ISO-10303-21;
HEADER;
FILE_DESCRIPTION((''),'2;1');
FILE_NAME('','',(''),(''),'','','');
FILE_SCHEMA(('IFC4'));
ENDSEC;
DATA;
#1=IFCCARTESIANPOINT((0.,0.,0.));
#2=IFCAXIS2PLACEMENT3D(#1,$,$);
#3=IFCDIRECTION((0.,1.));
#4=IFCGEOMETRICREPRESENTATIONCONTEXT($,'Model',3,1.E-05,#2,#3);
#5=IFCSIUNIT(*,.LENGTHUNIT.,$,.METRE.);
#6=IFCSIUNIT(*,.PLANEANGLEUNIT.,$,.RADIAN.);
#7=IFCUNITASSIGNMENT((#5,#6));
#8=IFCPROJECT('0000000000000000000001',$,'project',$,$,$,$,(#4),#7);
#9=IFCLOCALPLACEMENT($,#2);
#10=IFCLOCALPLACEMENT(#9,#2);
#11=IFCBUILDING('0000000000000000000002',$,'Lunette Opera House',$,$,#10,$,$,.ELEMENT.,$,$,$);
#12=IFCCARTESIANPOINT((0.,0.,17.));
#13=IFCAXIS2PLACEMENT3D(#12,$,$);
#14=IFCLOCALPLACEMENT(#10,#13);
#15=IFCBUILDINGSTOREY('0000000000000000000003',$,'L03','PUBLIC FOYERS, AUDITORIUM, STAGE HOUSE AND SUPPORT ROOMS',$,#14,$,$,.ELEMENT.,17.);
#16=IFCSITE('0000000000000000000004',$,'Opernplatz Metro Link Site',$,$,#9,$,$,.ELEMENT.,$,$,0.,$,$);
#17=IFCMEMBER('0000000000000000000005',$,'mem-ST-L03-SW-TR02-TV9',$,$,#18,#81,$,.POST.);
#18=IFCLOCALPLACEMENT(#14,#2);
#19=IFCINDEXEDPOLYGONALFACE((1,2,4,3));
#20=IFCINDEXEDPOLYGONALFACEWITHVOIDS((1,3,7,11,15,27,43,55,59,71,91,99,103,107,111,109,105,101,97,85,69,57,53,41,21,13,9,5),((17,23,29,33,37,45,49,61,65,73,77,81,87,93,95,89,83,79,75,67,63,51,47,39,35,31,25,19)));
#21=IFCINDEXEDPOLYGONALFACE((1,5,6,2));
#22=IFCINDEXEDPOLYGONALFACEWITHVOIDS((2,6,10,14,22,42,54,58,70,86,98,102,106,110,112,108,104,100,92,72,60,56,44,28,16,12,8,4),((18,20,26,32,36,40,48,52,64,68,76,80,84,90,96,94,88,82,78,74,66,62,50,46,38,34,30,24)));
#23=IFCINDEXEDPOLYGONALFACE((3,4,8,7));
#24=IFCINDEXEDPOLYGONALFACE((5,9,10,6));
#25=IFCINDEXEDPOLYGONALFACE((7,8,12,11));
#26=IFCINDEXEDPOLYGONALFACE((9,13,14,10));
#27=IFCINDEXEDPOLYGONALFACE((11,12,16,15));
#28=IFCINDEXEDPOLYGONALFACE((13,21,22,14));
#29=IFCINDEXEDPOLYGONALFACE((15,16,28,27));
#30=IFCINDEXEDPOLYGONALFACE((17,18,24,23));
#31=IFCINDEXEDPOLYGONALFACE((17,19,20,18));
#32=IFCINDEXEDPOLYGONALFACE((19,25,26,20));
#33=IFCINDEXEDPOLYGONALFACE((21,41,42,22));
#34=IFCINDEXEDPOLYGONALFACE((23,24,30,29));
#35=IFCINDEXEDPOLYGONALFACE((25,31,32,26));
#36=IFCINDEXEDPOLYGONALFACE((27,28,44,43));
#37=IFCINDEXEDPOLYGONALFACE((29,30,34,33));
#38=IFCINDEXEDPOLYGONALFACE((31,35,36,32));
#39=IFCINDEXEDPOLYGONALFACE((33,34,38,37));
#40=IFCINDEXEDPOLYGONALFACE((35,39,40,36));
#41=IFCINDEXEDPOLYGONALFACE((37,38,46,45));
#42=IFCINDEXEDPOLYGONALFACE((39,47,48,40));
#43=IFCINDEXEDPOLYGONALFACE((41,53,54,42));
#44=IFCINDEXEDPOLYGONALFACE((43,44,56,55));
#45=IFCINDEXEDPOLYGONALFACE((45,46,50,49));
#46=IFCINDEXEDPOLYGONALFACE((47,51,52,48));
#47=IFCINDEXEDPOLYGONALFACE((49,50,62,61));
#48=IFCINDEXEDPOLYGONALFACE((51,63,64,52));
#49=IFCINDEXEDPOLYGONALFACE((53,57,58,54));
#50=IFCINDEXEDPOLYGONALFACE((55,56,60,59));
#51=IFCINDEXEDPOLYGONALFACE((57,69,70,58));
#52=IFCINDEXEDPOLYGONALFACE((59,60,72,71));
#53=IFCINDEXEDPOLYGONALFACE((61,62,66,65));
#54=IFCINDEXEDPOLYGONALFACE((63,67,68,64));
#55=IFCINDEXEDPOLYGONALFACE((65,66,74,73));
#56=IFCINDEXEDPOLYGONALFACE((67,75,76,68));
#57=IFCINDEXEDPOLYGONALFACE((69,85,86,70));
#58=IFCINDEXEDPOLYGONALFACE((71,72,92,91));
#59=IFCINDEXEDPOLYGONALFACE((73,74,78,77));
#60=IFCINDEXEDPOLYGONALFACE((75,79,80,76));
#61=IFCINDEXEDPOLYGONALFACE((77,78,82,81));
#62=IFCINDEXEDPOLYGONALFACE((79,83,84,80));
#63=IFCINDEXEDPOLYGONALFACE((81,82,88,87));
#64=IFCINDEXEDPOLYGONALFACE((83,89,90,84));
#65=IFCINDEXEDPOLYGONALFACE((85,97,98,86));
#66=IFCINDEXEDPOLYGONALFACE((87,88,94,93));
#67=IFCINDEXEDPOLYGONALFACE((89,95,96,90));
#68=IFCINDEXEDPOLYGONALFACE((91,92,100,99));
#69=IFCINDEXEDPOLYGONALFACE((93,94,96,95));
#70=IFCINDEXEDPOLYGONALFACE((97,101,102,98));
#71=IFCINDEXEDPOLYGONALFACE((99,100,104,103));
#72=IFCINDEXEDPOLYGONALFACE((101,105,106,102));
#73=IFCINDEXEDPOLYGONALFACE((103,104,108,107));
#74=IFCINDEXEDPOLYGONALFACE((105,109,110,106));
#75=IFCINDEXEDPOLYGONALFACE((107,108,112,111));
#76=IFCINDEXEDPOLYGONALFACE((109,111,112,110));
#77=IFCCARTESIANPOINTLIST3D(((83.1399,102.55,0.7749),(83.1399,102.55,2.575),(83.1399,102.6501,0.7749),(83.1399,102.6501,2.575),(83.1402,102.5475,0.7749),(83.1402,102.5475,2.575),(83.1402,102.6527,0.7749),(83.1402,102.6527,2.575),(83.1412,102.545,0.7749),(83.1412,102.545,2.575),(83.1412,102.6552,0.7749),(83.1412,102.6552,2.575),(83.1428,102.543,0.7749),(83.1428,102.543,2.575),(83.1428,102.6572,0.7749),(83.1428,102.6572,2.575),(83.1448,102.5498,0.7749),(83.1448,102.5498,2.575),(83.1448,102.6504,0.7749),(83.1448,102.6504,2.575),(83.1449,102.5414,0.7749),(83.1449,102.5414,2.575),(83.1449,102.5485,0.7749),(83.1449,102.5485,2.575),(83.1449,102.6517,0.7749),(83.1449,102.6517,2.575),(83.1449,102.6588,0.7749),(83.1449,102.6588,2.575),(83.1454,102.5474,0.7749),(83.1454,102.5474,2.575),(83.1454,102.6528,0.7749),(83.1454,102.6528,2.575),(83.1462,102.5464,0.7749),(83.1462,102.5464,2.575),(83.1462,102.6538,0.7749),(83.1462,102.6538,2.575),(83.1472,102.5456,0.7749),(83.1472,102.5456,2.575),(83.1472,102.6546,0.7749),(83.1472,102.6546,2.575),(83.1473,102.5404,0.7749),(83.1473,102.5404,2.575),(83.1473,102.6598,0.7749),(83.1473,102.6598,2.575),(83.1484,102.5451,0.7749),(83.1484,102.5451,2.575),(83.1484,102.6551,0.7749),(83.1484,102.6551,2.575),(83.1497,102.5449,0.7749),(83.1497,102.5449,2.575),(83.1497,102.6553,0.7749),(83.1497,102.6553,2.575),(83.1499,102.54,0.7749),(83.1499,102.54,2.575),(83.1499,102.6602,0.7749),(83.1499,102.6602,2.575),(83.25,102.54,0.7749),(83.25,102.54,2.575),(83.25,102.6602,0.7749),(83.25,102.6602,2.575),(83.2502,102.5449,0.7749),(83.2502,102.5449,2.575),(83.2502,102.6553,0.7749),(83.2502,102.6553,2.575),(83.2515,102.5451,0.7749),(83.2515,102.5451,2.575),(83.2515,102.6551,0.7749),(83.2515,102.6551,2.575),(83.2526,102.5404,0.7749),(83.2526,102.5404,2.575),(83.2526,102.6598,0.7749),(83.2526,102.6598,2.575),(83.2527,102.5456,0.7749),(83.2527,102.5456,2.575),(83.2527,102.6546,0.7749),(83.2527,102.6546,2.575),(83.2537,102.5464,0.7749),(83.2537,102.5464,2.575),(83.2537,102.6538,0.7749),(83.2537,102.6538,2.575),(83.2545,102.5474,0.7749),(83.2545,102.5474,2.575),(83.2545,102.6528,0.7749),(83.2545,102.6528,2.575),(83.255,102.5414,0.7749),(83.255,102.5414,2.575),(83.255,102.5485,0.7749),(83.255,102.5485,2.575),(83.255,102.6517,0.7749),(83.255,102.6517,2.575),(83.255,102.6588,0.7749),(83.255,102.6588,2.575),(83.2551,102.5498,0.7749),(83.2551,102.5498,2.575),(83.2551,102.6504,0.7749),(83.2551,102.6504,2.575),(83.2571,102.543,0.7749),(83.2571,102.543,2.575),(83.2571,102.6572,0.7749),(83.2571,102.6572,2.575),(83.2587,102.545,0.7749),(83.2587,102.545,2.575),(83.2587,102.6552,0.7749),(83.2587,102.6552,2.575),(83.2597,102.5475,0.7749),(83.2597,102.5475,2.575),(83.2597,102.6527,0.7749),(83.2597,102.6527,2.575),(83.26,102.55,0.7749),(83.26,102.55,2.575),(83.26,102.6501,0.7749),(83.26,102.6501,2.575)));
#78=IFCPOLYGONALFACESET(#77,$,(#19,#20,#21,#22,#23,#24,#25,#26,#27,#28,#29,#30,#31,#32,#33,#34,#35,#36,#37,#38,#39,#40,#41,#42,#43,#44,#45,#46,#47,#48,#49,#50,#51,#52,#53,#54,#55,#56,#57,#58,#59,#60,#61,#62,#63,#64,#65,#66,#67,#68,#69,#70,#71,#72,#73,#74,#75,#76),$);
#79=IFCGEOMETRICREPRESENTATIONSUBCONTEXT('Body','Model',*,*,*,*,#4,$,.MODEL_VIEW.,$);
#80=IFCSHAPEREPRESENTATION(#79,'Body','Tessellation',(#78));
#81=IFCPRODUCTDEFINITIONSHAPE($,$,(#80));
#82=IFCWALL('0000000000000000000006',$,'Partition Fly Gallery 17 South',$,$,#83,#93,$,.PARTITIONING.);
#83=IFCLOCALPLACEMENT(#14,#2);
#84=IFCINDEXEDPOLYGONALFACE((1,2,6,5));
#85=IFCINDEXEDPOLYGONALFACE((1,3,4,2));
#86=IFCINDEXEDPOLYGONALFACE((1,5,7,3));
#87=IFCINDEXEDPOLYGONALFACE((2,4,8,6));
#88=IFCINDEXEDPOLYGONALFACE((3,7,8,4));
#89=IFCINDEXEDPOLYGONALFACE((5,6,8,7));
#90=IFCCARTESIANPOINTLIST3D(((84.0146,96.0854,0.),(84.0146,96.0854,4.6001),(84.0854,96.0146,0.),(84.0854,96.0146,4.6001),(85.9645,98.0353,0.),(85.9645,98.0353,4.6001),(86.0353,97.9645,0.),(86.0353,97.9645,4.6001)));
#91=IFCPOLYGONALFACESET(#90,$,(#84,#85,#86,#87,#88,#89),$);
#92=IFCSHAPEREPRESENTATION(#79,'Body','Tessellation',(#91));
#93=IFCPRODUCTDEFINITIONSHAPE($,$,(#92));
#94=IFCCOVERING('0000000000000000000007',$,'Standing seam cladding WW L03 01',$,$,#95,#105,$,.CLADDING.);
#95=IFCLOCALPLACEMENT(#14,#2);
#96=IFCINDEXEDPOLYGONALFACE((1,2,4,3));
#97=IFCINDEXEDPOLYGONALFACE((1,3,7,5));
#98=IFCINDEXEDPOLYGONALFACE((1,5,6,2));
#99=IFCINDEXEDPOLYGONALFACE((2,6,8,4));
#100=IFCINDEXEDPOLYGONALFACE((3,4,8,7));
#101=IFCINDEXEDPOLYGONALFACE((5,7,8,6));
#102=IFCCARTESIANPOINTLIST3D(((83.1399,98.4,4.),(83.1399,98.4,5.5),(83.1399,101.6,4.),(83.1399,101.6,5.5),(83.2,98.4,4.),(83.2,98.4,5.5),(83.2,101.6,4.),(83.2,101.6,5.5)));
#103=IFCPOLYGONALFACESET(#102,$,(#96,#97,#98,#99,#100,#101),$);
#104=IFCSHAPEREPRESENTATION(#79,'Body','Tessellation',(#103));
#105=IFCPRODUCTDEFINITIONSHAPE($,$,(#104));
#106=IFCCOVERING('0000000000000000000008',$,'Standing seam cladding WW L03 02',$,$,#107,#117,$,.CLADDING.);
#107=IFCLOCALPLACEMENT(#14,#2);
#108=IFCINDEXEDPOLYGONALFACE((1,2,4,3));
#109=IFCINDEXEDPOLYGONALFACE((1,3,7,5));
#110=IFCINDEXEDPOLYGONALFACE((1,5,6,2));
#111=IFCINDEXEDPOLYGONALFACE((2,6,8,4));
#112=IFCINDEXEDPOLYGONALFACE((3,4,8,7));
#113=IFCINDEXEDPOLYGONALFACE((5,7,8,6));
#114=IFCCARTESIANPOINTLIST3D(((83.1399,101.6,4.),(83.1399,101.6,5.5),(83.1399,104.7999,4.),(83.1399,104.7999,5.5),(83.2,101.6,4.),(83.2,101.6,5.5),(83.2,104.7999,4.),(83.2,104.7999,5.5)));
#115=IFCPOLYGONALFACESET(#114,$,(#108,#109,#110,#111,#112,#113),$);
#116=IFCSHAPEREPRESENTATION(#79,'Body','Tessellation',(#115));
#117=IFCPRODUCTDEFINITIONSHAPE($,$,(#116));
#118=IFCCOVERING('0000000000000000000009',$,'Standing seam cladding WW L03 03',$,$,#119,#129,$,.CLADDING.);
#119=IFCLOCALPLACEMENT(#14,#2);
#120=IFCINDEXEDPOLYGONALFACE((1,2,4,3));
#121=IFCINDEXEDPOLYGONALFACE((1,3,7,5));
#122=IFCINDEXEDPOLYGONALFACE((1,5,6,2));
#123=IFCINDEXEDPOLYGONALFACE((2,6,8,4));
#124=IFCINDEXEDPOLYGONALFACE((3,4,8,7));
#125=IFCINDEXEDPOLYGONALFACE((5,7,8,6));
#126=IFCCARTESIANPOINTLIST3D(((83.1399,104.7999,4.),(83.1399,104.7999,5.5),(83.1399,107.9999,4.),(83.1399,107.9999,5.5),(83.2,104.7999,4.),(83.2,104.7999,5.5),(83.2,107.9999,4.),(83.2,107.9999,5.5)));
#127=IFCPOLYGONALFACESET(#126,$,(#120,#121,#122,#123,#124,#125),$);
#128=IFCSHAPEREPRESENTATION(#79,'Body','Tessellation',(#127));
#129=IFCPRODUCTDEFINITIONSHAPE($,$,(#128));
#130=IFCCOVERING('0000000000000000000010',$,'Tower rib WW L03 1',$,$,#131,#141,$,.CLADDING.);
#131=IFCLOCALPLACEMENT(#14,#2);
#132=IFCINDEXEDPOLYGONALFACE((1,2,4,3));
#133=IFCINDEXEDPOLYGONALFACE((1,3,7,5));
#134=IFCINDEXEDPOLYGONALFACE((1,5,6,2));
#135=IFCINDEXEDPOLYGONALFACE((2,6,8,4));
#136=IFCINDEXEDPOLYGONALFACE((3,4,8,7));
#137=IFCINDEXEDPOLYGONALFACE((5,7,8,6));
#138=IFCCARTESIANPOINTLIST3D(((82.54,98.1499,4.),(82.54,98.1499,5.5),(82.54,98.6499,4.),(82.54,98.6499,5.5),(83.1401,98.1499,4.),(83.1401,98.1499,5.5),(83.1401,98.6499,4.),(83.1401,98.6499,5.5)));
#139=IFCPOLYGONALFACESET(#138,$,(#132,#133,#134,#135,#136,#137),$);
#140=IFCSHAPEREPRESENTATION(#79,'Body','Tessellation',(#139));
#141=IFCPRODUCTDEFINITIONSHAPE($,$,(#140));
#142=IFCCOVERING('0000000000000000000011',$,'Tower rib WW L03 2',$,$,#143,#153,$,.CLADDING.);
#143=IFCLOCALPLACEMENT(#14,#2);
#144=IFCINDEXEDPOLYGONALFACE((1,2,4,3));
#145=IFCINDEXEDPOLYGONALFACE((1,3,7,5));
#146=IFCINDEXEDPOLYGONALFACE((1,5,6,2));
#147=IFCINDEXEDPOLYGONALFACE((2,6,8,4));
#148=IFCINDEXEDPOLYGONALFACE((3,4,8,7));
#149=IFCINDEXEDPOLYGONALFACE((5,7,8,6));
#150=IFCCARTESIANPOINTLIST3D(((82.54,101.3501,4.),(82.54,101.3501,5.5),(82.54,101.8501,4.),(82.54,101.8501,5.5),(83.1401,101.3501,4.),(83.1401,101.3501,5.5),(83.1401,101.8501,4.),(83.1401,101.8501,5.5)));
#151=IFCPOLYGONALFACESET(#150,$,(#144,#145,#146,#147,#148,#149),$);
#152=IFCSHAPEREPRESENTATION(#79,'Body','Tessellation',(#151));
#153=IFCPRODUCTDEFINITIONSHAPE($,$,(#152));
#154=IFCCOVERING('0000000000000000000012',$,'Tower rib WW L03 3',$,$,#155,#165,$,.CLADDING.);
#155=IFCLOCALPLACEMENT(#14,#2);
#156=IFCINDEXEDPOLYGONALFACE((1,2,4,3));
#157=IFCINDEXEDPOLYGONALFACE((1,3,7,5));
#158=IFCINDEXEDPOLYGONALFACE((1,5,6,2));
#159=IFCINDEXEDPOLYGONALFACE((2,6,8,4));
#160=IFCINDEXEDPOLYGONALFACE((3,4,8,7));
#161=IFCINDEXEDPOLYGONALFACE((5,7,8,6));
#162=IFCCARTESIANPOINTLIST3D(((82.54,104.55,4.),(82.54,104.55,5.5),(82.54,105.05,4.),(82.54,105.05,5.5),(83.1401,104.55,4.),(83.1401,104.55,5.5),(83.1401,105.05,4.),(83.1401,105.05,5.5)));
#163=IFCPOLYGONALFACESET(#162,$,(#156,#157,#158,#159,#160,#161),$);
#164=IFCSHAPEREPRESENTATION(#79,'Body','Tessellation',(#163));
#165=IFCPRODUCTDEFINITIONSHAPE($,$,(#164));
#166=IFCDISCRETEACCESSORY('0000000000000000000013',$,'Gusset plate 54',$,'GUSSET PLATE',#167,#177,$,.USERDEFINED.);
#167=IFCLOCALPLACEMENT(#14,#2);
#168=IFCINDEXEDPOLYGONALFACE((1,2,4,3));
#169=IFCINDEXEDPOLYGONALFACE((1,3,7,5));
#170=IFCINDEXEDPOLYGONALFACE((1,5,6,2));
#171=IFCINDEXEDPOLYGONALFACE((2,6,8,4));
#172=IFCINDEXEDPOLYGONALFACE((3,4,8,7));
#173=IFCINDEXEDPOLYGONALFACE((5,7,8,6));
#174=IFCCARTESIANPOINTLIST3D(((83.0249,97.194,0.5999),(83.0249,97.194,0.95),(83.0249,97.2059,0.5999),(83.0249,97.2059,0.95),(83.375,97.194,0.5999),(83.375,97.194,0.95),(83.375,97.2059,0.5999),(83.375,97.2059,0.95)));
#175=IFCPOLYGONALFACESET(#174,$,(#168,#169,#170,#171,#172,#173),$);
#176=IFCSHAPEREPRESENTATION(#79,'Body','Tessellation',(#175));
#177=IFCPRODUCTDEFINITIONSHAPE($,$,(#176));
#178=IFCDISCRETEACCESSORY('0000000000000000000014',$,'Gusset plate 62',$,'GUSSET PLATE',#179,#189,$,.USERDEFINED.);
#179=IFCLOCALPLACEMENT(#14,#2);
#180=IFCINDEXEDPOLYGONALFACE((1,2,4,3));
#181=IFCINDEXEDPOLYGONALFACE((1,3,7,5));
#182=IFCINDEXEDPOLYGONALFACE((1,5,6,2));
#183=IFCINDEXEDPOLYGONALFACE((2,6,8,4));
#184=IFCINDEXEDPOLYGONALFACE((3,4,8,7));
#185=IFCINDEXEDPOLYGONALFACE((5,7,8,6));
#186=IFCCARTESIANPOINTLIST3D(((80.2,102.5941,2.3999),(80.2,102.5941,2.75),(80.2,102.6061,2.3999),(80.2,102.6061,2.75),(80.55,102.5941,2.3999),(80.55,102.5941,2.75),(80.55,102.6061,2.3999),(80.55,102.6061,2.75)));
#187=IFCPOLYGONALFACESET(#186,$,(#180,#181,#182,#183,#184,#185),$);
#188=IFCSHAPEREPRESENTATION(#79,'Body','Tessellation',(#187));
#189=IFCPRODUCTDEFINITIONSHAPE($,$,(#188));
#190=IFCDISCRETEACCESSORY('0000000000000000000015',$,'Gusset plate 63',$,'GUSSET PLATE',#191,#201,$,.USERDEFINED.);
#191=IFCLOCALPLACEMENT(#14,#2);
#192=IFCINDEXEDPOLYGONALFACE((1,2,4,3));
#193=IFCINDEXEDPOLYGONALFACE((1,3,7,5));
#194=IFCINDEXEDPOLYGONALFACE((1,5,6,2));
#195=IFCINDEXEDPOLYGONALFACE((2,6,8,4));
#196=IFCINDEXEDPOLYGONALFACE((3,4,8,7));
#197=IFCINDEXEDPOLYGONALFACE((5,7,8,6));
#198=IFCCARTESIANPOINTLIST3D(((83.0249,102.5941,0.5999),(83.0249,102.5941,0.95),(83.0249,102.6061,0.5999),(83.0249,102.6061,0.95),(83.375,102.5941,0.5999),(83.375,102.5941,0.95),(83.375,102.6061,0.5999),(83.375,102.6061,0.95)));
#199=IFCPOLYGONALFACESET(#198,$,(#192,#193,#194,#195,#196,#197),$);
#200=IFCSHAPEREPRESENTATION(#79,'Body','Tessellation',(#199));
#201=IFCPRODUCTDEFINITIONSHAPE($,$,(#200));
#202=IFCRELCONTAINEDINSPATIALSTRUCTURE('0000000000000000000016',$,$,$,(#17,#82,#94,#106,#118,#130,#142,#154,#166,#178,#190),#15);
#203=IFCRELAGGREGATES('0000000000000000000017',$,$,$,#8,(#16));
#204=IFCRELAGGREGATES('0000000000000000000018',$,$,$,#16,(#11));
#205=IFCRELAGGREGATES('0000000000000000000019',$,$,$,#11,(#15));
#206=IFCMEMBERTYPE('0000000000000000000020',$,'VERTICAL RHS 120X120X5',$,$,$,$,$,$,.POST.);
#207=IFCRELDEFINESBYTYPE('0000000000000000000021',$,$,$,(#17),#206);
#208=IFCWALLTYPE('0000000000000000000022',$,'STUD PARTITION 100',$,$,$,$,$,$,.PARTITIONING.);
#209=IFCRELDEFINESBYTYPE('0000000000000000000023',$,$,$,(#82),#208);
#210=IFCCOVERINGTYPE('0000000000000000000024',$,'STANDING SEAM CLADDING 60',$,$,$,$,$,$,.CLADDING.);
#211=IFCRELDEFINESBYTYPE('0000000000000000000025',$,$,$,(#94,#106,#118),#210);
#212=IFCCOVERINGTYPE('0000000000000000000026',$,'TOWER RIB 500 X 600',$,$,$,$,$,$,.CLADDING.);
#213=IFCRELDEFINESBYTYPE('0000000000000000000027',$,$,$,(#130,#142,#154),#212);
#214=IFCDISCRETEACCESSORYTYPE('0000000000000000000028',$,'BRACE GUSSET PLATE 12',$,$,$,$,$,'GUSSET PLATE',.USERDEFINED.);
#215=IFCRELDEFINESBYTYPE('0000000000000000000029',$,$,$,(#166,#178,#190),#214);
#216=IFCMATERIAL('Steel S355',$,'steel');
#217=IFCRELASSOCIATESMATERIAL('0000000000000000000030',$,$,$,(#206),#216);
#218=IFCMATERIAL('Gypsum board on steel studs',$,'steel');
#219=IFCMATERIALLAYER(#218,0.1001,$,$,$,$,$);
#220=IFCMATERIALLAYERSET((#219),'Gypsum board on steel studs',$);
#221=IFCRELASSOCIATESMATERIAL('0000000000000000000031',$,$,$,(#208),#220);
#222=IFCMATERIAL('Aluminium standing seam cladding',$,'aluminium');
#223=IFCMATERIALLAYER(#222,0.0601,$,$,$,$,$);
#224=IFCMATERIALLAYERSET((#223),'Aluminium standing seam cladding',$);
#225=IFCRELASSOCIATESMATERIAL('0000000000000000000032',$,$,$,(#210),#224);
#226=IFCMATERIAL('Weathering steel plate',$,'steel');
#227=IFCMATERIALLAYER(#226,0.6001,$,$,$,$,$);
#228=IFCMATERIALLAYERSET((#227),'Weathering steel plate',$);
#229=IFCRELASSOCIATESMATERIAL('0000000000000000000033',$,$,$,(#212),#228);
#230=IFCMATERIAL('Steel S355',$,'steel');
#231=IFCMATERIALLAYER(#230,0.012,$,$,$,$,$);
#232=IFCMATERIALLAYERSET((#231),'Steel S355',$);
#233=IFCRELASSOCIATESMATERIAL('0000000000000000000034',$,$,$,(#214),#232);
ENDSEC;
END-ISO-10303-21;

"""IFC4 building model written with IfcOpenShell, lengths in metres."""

from ifc_helpers import new_model, si_unit, direction, frame, frame_2d, origin, origin_2d, place, context, subcontext, project, spatial, rectangle, hollow_rectangle, extrude, material, layer, layer_set, material_profile, profile_set, type_object, element, save


model = new_model("IFC4")

# Units and contexts
model_context = context("Model", 3, precision=1e-05, world=origin(), true_north=direction((0.0, 1.0)))
body_context = subcontext(model_context, "Body", "Model", "MODEL_VIEW")
ifc_project = project(units=[si_unit("LENGTHUNIT", "METRE"), si_unit("PLANEANGLEUNIT", "RADIAN")], contexts=[model_context])

# Site, building, storey
site_placement = place(None, origin())
site = spatial("IfcSite", under=ifc_project, at=site_placement, Name="Opernplatz Metro Link Site", CompositionType="ELEMENT", RefElevation=0.0)
building_placement = place(site_placement, origin())
building = spatial("IfcBuilding", under=site, at=building_placement, Name="Lunette Opera House", CompositionType="ELEMENT")
storey_placement = place(building_placement, frame((0.0, 0.0, 17.0)))
storey = spatial("IfcBuildingStorey", under=building, at=storey_placement, Name="L03", Description="PUBLIC FOYERS, AUDITORIUM, STAGE HOUSE AND SUPPORT ROOMS", CompositionType="ELEMENT", Elevation=17.0)

# Member
ifc_material_1 = material(Name="Steel S355", Category="steel")
ifc_material_profile_1 = material_profile(ifc_material_1, hollow_rectangle(XDim=0.1201, YDim=0.1201, WallThickness=0.0049, InnerFilletRadius=0.0049, OuterFilletRadius=0.01, at=origin_2d()), Name="RHS 120X120X5")
ifc_profile_set_1 = profile_set([ifc_material_profile_1], Name="Steel S355")
member_type_1 = type_object("IfcMemberType", Name="VERTICAL RHS 120X120X5", PredefinedType="POST", material=ifc_profile_set_1)
for number, where, z_axis, x_axis, name in (
    (1, (83.2, 102.6001, 0.7749), (0.0, 0.0, 1.0), (1.0, 0.0, 0.0), "mem-ST-L03-SW-TR02-TV9"),
):
    element("IfcMember", number, at=place(storey_placement, frame(where, z_axis=z_axis, x_axis=x_axis)), inside=storey, type_object=member_type_1, Name=name, PredefinedType="POST", context=body_context, shape_type="SweptSolid", body=[
        extrude(hollow_rectangle(XDim=0.1201, YDim=0.1201, WallThickness=0.0049, InnerFilletRadius=0.0049, OuterFilletRadius=0.01, at=origin_2d()), origin(), (0.0, 0.0, 1.0), 1.8),
    ])

# Wall
ifc_material_2 = material(Name="Gypsum board on steel studs", Category="steel")
ifc_layer_1 = layer(ifc_material_2, 0.1001)
ifc_layer_set_1 = layer_set([ifc_layer_1], Name="Gypsum board on steel studs")
wall_type = type_object("IfcWallType", Name="STUD PARTITION 100", PredefinedType="PARTITIONING", material=ifc_layer_set_1)
wall_placement = place(storey_placement, frame((86.0, 98.0, 0.0), z_axis=(0.0, 0.0, 1.0), x_axis=(-0.707107, -0.707107, 0.0)))
element("IfcWall", 2, at=wall_placement, inside=storey, type_object=wall_type, Name="Partition Fly Gallery 17 South", PredefinedType="PARTITIONING", context=body_context, shape_type="SweptSolid", body=[
    extrude(rectangle(XDim=2.7576, YDim=0.1001, at=frame_2d((1.3789, 0.0))), origin(), (0.0, 0.0, 1.0), 4.6001),
])

# Coverings
ifc_material_3 = material(Name="Aluminium standing seam cladding", Category="aluminium")
ifc_layer_2 = layer(ifc_material_3, 0.0601)
ifc_layer_set_2 = layer_set([ifc_layer_2], Name="Aluminium standing seam cladding")
covering_type_1 = type_object("IfcCoveringType", Name="STANDING SEAM CLADDING 60", PredefinedType="CLADDING", material=ifc_layer_set_2)
for number, where, z_axis, x_axis, name in (
    (3, (83.1699, 100.0, 4.0), (0.0, 0.0, 1.0), (0.0, 1.0, 0.0), "Standing seam cladding WW L03 01"),
    (4, (83.1699, 103.2, 4.0), (0.0, 0.0, 1.0), (0.0, 1.0, 0.0), "Standing seam cladding WW L03 02"),
    (5, (83.1699, 106.3999, 4.0), (0.0, 0.0, 1.0), (0.0, 1.0, 0.0), "Standing seam cladding WW L03 03"),
):
    element("IfcCovering", number, at=place(storey_placement, frame(where, z_axis=z_axis, x_axis=x_axis)), inside=storey, type_object=covering_type_1, Name=name, PredefinedType="CLADDING", context=body_context, shape_type="SweptSolid", body=[
        extrude(rectangle(XDim=3.2, YDim=0.0601, at=origin_2d()), origin(), (0.0, 0.0, 1.0), 1.5),
    ])
ifc_material_4 = material(Name="Weathering steel plate", Category="steel")
ifc_layer_3 = layer(ifc_material_4, 0.6001)
ifc_layer_set_3 = layer_set([ifc_layer_3], Name="Weathering steel plate")
covering_type_2 = type_object("IfcCoveringType", Name="TOWER RIB 500 X 600", PredefinedType="CLADDING", material=ifc_layer_set_3)
for number, where, z_axis, x_axis, name in (
    (6, (82.8401, 98.3999, 4.0), (0.0, 0.0, 1.0), (0.0, 1.0, 0.0), "Tower rib WW L03 1"),
    (7, (82.8401, 101.6001, 4.0), (0.0, 0.0, 1.0), (0.0, 1.0, 0.0), "Tower rib WW L03 2"),
    (8, (82.8401, 104.8, 4.0), (0.0, 0.0, 1.0), (0.0, 1.0, 0.0), "Tower rib WW L03 3"),
):
    element("IfcCovering", number, at=place(storey_placement, frame(where, z_axis=z_axis, x_axis=x_axis)), inside=storey, type_object=covering_type_2, Name=name, PredefinedType="CLADDING", context=body_context, shape_type="SweptSolid", body=[
        extrude(rectangle(XDim=0.5, YDim=0.6001, at=origin_2d()), origin(), (0.0, 0.0, 1.0), 1.5),
    ])

# Discrete accessories
ifc_material_5 = material(Name="Steel S355", Category="steel")
ifc_layer_4 = layer(ifc_material_5, 0.012)
ifc_layer_set_4 = layer_set([ifc_layer_4], Name="Steel S355")
discrete_accessory_type_1 = type_object("IfcDiscreteAccessoryType", Name="BRACE GUSSET PLATE 12", ElementType="GUSSET PLATE", PredefinedType="USERDEFINED", material=ifc_layer_set_4)
for number, where, z_axis, x_axis, name in (
    (9, (83.2, 97.2, 0.5999), (0.0, 0.0, 1.0), (1.0, 0.0, 0.0), "Gusset plate 54"),
    (10, (80.375, 102.6001, 2.3999), (0.0, 0.0, 1.0), (1.0, 0.0, 0.0), "Gusset plate 62"),
    (11, (83.2, 102.6001, 0.5999), (0.0, 0.0, 1.0), (1.0, 0.0, 0.0), "Gusset plate 63"),
):
    element("IfcDiscreteAccessory", number, at=place(storey_placement, frame(where, z_axis=z_axis, x_axis=x_axis)), inside=storey, type_object=discrete_accessory_type_1, Name=name, ObjectType="GUSSET PLATE", PredefinedType="USERDEFINED", context=body_context, shape_type="SweptSolid", body=[
        extrude(rectangle(XDim=0.3501, YDim=0.012, at=origin_2d()), origin(), (0.0, 0.0, 1.0), 0.3501),
    ])

save(model, "model.ifc")
